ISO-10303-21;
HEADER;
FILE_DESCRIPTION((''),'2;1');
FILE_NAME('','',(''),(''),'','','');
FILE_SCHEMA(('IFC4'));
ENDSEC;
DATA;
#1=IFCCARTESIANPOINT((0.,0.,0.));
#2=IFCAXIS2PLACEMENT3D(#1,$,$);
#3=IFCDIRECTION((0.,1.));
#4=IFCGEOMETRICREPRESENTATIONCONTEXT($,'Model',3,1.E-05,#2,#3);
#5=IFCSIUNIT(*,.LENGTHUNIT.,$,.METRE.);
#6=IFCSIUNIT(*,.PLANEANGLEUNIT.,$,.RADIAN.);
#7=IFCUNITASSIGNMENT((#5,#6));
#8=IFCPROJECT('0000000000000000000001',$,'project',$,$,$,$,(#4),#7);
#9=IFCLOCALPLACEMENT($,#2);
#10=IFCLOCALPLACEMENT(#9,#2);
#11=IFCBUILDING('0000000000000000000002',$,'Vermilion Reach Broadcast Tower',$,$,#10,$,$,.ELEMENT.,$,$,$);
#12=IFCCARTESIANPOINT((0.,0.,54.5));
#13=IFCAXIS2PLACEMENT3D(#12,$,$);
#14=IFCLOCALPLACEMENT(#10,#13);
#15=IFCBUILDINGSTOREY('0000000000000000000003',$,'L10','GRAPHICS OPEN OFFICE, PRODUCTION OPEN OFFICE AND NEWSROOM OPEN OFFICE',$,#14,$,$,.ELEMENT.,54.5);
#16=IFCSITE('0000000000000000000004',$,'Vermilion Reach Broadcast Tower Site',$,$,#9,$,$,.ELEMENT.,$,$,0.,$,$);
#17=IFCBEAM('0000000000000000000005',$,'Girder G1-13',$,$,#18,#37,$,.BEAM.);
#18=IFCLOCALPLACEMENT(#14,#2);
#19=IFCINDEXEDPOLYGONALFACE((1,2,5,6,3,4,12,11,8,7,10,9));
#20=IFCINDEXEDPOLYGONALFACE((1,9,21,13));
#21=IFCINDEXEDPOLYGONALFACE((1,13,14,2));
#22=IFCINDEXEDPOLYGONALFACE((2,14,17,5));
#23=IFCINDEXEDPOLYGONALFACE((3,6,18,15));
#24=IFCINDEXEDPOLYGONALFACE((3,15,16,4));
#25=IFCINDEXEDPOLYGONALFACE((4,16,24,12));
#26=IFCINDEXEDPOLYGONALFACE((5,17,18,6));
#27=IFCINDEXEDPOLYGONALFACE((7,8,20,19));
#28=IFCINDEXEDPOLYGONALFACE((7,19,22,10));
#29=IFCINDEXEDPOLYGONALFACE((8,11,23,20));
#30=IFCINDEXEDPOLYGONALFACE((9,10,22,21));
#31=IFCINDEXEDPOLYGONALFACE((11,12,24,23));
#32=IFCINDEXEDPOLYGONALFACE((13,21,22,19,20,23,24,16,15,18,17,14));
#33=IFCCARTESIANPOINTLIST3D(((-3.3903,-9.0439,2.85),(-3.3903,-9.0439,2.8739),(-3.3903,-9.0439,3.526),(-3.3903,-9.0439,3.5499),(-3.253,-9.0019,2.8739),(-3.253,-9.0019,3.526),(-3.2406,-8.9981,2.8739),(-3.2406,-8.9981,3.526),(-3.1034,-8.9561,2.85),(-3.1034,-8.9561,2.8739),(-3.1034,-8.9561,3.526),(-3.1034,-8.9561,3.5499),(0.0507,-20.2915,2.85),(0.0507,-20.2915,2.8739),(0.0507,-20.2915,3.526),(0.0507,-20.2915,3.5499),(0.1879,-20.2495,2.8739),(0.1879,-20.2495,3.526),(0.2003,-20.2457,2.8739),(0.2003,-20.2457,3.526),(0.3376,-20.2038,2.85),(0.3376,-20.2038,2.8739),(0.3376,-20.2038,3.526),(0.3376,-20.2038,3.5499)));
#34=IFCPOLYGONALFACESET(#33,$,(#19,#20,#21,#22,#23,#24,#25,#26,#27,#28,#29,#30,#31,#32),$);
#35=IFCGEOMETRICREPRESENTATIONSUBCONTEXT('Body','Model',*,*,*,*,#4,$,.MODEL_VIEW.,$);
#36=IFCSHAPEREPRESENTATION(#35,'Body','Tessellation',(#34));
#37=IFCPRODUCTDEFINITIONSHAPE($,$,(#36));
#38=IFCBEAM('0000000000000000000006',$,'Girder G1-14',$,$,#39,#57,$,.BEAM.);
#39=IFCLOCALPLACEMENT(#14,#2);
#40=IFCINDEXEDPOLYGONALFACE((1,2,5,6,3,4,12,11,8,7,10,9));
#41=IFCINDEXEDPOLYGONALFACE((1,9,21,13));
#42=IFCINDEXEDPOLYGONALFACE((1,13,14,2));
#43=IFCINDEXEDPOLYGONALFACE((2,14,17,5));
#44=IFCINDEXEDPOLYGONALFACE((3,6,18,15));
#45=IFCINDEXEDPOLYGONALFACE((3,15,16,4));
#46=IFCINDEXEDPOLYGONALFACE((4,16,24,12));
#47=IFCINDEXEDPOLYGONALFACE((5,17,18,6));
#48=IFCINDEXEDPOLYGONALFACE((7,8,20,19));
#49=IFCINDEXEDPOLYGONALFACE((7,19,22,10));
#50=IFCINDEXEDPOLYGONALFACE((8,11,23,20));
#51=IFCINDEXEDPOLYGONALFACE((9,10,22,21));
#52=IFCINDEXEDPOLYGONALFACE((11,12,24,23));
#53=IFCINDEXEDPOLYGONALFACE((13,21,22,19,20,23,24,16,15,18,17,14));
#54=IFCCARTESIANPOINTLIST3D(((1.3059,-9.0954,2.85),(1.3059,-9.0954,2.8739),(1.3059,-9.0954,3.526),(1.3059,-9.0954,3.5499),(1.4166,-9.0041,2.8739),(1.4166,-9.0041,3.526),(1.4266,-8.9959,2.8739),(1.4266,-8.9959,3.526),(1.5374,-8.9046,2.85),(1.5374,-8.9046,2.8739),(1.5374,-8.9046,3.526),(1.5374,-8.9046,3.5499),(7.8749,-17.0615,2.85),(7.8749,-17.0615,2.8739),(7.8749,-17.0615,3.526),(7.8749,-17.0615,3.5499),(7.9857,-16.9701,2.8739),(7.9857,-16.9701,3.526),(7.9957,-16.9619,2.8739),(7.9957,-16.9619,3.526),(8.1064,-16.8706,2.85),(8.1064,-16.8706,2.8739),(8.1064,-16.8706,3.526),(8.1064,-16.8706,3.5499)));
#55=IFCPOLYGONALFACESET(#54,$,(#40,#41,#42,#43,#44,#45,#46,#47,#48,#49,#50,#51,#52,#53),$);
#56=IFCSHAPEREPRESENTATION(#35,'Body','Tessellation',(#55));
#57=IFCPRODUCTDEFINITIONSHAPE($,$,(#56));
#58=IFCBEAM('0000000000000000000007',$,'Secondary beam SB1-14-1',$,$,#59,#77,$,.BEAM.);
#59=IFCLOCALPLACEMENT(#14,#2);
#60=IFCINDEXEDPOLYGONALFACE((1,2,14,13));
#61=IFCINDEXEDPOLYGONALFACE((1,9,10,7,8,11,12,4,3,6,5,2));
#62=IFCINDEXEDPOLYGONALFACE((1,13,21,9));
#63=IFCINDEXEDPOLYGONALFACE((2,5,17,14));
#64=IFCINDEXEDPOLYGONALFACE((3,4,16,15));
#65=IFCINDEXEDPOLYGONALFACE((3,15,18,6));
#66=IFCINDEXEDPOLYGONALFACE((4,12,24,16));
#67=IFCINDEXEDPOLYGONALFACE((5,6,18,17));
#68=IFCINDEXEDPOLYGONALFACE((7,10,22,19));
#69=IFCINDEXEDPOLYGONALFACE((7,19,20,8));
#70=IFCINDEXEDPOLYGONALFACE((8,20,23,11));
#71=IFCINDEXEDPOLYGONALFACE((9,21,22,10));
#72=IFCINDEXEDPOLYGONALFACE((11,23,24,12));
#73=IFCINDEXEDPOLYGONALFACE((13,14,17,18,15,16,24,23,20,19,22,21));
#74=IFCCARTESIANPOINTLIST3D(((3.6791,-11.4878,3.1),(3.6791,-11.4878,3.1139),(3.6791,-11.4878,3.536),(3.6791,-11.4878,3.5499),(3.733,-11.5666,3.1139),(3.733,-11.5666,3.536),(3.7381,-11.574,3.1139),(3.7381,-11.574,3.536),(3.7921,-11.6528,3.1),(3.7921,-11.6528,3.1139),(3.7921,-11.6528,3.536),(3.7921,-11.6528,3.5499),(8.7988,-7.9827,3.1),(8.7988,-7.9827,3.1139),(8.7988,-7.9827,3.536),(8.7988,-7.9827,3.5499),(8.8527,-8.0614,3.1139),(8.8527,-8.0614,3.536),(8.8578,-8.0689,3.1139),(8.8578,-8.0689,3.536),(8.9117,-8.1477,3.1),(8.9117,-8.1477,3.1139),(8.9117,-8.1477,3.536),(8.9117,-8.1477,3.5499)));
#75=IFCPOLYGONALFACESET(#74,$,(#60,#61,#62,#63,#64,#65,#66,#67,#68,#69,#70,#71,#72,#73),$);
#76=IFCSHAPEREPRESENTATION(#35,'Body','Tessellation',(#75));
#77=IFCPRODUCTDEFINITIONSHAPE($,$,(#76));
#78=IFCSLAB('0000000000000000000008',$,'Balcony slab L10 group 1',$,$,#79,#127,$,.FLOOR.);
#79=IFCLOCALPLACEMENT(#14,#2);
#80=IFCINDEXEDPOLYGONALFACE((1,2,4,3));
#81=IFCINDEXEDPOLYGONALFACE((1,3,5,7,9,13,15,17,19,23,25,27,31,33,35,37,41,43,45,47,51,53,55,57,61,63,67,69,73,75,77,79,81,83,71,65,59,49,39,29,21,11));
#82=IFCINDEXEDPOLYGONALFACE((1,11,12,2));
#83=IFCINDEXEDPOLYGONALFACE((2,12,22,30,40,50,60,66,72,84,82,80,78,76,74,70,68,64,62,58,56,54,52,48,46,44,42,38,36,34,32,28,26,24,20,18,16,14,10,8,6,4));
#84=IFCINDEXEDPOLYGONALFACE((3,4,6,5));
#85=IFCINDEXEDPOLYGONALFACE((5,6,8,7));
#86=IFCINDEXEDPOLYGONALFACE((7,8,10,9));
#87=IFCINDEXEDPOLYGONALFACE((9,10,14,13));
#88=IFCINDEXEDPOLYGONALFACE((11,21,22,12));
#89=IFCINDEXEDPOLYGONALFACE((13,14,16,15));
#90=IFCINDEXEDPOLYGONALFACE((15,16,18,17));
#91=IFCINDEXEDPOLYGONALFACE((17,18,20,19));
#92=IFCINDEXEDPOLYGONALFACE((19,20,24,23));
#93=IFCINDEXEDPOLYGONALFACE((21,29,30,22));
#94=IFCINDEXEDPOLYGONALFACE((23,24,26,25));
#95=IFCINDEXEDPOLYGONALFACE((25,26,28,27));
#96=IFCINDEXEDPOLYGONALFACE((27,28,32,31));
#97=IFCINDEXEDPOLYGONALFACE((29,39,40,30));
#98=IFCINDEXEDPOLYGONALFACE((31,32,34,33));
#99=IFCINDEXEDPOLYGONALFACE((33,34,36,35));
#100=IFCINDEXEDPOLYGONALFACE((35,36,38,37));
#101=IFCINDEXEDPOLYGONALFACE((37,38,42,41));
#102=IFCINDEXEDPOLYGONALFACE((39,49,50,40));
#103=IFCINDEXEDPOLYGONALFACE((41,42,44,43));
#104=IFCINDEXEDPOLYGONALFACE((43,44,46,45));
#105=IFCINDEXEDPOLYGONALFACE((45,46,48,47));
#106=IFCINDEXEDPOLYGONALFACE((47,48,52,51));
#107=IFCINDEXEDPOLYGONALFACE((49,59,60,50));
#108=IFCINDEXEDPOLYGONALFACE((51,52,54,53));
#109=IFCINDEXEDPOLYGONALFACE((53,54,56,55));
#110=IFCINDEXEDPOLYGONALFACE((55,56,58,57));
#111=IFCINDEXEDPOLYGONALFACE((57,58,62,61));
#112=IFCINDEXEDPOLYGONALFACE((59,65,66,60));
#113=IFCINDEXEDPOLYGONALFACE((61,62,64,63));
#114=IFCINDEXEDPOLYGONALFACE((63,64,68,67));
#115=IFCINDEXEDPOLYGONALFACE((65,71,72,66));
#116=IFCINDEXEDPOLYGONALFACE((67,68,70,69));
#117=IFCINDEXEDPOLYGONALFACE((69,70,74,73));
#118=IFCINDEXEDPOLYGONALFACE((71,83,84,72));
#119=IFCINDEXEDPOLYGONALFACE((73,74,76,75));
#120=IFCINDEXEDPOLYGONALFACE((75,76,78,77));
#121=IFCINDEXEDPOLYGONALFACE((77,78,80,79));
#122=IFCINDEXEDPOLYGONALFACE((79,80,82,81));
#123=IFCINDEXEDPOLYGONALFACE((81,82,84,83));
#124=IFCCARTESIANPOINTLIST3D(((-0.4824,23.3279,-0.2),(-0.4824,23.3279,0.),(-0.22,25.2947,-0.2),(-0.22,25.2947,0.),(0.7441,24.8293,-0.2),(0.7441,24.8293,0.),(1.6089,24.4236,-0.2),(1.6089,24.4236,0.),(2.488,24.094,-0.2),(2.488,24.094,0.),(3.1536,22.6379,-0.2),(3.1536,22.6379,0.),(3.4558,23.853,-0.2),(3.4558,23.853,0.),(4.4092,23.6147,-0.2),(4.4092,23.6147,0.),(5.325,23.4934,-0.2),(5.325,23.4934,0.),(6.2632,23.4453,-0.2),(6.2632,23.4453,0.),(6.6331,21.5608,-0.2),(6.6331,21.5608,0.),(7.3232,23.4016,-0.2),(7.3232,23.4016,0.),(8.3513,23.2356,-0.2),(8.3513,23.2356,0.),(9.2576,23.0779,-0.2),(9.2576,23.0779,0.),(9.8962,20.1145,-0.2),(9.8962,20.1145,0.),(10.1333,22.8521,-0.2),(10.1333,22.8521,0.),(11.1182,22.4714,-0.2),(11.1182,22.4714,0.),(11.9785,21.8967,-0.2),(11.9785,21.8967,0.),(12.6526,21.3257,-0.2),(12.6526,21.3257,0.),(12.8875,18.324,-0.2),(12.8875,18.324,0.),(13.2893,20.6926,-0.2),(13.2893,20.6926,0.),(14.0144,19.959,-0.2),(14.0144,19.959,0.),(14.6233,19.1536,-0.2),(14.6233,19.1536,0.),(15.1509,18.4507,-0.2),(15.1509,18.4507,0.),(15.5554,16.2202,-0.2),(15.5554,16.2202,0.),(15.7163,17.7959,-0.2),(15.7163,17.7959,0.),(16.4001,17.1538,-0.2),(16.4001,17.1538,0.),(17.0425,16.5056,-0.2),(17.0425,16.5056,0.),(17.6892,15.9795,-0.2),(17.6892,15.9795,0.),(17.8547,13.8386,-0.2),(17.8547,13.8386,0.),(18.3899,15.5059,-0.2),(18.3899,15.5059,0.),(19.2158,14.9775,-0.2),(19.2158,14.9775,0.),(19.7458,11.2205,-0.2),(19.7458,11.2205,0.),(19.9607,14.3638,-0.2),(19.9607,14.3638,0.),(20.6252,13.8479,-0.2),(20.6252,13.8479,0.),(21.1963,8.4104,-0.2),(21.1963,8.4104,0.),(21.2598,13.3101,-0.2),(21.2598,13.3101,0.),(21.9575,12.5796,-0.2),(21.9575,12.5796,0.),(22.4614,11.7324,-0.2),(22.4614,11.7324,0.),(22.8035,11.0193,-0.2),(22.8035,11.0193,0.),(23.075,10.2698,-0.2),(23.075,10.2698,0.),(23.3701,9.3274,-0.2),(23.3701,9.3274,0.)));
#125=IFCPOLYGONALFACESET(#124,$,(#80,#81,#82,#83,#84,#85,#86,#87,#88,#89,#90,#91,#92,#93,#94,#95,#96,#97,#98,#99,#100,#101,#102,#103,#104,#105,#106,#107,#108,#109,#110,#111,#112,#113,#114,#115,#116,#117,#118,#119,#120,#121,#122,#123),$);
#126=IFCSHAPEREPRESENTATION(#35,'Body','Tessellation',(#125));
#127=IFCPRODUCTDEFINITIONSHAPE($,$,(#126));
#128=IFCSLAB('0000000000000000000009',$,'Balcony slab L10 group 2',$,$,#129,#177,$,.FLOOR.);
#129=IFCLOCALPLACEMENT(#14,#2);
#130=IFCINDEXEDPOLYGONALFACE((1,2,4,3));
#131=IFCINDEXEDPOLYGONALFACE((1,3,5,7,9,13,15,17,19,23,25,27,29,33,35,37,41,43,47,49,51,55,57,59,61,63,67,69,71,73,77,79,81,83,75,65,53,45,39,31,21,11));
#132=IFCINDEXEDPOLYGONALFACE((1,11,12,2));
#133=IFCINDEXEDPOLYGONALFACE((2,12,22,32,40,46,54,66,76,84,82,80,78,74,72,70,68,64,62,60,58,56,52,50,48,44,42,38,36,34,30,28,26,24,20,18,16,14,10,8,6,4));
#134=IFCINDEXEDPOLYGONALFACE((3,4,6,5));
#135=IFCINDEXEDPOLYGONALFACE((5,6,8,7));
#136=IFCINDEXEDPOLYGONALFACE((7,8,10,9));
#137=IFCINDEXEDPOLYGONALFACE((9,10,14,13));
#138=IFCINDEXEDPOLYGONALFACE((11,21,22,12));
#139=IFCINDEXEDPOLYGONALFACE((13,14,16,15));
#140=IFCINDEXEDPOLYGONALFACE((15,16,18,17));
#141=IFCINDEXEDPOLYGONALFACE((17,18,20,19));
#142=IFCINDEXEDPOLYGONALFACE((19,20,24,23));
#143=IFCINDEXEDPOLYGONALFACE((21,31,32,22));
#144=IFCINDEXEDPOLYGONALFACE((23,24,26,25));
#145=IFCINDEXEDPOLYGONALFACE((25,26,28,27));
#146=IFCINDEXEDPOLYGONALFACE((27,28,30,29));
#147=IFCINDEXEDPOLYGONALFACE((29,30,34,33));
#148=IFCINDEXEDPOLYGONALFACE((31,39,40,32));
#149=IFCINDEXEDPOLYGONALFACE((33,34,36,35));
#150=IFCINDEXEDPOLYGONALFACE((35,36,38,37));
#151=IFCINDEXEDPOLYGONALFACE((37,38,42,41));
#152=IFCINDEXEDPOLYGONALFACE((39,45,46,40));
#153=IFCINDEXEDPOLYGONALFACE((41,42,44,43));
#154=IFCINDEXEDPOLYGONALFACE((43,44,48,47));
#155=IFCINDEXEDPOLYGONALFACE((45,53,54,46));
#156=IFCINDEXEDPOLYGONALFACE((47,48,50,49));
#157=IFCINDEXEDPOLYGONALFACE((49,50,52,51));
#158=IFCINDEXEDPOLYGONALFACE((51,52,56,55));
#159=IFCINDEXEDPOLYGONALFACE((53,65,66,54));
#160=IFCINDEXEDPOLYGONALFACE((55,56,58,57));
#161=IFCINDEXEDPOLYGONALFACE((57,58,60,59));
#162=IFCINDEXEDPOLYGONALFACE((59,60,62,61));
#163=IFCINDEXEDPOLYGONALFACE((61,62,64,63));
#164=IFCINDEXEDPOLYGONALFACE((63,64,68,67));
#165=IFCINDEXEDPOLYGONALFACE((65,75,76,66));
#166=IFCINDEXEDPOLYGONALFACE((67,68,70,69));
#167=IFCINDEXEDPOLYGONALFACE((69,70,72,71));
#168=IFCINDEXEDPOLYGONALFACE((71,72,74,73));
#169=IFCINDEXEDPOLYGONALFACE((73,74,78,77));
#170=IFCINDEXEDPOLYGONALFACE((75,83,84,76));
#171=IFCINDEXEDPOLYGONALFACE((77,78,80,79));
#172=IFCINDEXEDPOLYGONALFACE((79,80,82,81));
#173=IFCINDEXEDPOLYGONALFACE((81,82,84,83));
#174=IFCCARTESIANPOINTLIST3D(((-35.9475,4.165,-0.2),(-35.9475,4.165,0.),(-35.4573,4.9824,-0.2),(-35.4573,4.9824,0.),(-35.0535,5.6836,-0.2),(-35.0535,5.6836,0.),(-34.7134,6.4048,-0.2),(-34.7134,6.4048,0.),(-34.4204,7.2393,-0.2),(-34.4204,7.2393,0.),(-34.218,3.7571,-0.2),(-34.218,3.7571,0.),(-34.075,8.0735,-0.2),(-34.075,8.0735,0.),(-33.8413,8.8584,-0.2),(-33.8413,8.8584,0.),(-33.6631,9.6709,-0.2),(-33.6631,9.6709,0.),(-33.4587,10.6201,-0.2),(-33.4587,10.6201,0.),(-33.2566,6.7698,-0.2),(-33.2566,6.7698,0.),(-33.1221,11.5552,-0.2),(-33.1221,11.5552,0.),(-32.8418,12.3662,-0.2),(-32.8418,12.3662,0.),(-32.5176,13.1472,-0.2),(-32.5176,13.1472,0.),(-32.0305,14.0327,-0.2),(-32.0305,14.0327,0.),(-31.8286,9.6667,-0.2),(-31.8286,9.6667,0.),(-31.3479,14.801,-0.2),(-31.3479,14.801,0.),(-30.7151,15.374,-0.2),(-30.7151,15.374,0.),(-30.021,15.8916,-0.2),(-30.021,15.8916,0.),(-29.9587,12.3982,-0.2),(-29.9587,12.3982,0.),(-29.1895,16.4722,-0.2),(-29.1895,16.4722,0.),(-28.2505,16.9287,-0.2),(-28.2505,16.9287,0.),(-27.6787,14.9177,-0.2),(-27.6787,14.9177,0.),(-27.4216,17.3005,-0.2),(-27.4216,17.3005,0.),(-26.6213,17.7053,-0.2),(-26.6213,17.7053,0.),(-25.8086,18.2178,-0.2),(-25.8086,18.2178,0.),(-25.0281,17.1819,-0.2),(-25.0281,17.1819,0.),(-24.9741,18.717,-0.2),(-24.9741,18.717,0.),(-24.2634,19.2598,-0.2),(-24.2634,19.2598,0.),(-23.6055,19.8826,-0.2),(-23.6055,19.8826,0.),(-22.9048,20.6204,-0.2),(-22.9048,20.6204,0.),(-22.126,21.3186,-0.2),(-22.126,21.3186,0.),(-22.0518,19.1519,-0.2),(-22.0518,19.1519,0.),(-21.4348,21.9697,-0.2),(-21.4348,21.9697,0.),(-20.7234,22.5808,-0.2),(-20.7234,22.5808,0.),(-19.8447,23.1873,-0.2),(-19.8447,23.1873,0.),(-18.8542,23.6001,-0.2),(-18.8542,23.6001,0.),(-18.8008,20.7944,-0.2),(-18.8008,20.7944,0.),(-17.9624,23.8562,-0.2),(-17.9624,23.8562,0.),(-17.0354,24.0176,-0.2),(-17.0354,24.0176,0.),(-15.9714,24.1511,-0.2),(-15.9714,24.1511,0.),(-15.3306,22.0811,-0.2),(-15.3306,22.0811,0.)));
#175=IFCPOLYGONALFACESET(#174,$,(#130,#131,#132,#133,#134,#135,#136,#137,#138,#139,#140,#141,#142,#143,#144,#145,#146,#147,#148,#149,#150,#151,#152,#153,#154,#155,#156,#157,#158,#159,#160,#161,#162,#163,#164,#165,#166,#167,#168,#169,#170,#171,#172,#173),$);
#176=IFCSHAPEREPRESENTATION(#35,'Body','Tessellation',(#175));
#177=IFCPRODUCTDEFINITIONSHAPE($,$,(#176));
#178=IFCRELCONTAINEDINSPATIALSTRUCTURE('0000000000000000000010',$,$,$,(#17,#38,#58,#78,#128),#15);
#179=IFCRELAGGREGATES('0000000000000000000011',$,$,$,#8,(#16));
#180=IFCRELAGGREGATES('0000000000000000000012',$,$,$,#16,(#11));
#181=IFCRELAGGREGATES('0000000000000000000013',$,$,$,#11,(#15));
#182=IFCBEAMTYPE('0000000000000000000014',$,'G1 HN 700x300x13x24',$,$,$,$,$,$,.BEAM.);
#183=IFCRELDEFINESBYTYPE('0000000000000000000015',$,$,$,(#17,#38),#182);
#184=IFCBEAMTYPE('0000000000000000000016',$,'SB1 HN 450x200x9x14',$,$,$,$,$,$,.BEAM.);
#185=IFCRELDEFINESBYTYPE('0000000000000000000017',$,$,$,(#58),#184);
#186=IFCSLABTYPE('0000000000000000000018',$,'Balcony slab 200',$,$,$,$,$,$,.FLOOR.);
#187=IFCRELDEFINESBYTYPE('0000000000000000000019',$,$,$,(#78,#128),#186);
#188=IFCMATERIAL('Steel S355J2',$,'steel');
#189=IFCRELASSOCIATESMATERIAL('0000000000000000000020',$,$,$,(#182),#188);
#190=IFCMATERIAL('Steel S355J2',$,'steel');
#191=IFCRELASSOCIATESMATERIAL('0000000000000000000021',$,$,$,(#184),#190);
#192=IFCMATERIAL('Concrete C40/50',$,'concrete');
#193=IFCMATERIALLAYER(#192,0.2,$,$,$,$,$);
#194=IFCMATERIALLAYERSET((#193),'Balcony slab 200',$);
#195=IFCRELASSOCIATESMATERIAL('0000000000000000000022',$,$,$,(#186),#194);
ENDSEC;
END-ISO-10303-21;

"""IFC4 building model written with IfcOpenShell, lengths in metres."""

from ifc_helpers import new_model, si_unit, direction, frame, origin, origin_2d, place, context, subcontext, project, spatial, polyline, i_section, outline, extrude, material, layer, layer_set, material_profile, profile_set, type_object, element, save


model = new_model("IFC4")

# Units and contexts
model_context = context("Model", 3, precision=1e-05, world=origin(), true_north=direction((0.0, 1.0)))
body_context = subcontext(model_context, "Body", "Model", "MODEL_VIEW")
ifc_project = project(units=[si_unit("LENGTHUNIT", "METRE"), si_unit("PLANEANGLEUNIT", "RADIAN")], contexts=[model_context])

# Site, building, storey
site_placement = place(None, origin())
site = spatial("IfcSite", under=ifc_project, at=site_placement, Name="Vermilion Reach Broadcast Tower Site", CompositionType="ELEMENT", RefElevation=0.0)
building_placement = place(site_placement, origin())
building = spatial("IfcBuilding", under=site, at=building_placement, Name="Vermilion Reach Broadcast Tower", CompositionType="ELEMENT")
storey_placement = place(building_placement, frame((0.0, 0.0, 54.5)))
storey = spatial("IfcBuildingStorey", under=building, at=storey_placement, Name="L10", Description="GRAPHICS OPEN OFFICE, PRODUCTION OPEN OFFICE AND NEWSROOM OPEN OFFICE", CompositionType="ELEMENT", Elevation=54.5)

# Beams
ifc_material_1 = material(Name="Steel S355J2", Category="steel")
ifc_material_profile_1 = material_profile(ifc_material_1, i_section(OverallWidth=0.3, OverallDepth=0.7, WebThickness=0.0129, FlangeThickness=0.0239, at=origin_2d()), Name="S355J2 HN 700x300x13x24")
ifc_profile_set_1 = profile_set([ifc_material_profile_1], Name="Steel S355J2")
beam_type_1 = type_object("IfcBeamType", Name="G1 HN 700x300x13x24", PredefinedType="BEAM", material=ifc_profile_set_1)
beam_1_placement = place(storey_placement, frame((-3.2468, -9.0, 3.2), z_axis=(0.292542, -0.956253, 0.0), x_axis=(0.956253, 0.292542, 0.0)))
element("IfcBeam", 1, at=beam_1_placement, inside=storey, type_object=beam_type_1, Name="Girder G1-13", PredefinedType="BEAM", context=body_context, shape_type="SweptSolid", body=[
    extrude(i_section(OverallWidth=0.3, OverallDepth=0.7, WebThickness=0.0129, FlangeThickness=0.0239, at=origin_2d()), origin(), (0.0, 0.0, 1.0), 11.7622),
])
beam_2_placement = place(storey_placement, frame((1.4216, -9.0, 3.2), z_axis=(0.636215, -0.771512, 0.0), x_axis=(0.771512, 0.636215, 0.0)))
element("IfcBeam", 2, at=beam_2_placement, inside=storey, type_object=beam_type_1, Name="Girder G1-14", PredefinedType="BEAM", context=body_context, shape_type="SweptSolid", body=[
    extrude(i_section(OverallWidth=0.3, OverallDepth=0.7, WebThickness=0.0129, FlangeThickness=0.0239, at=origin_2d()), origin(), (0.0, 0.0, 1.0), 10.3252),
])
ifc_material_2 = material(Name="Steel S355J2", Category="steel")
ifc_material_profile_2 = material_profile(ifc_material_2, i_section(OverallWidth=0.2, OverallDepth=0.45, WebThickness=0.009, FlangeThickness=0.0139, at=origin_2d()), Name="S355J2 HN 450x200x9x14")
ifc_profile_set_2 = profile_set([ifc_material_profile_2], Name="Steel S355J2")
beam_type_2 = type_object("IfcBeamType", Name="SB1 HN 450x200x9x14", PredefinedType="BEAM", material=ifc_profile_set_2)
beam_3_placement = place(storey_placement, frame((3.7356, -11.5703, 3.325), z_axis=(0.82514, 0.564928, 0.0), x_axis=(-0.564928, 0.82514, 0.0)))
element("IfcBeam", 3, at=beam_3_placement, inside=storey, type_object=beam_type_2, Name="Secondary beam SB1-14-1", PredefinedType="BEAM", context=body_context, shape_type="SweptSolid", body=[
    extrude(i_section(OverallWidth=0.2, OverallDepth=0.45, WebThickness=0.009, FlangeThickness=0.0139, at=origin_2d()), origin(), (0.0, 0.0, 1.0), 6.2046),
])

# Slabs
ifc_material_3 = material(Name="Concrete C40/50", Category="concrete")
ifc_layer_1 = layer(ifc_material_3, 0.2)
ifc_layer_set_1 = layer_set([ifc_layer_1], Name="Balcony slab 200")
slab_type_1 = type_object("IfcSlabType", Name="Balcony slab 200", PredefinedType="FLOOR", material=ifc_layer_set_1)
placement = place(storey_placement, frame((0.0, 0.0, -0.2)))
element("IfcSlab", 4, at=placement, inside=storey, type_object=slab_type_1, Name="Balcony slab L10 group 1", PredefinedType="FLOOR", context=body_context, shape_type="SweptSolid", body=[
    extrude(outline(polyline([(21.1963, 8.4104), (19.7458, 11.2205), (17.8547, 13.8386), (15.5554, 16.2202), (12.8875, 18.324), (9.8962, 20.1145), (6.6331, 21.5608), (3.1536, 22.6379), (-0.4824, 23.3279), (-0.22, 25.2947), (0.7441, 24.8293), (1.6089, 24.4236), (2.488, 24.094), (3.4558, 23.853), (4.4092, 23.6147), (5.325, 23.4934), (6.2632, 23.4453), (7.3232, 23.4016), (8.3513, 23.2356), (9.2576, 23.0779), (10.1333, 22.8521), (11.1182, 22.4714), (11.9785, 21.8967), (12.6526, 21.3257), (13.2893, 20.6926), (14.0144, 19.959), (14.6233, 19.1536), (15.1509, 18.4507), (15.7163, 17.7959), (16.4001, 17.1538), (17.0425, 16.5056), (17.6892, 15.9795), (18.3899, 15.5059), (19.2158, 14.9775), (19.9607, 14.3638), (20.6252, 13.8479), (21.2598, 13.3101), (21.9575, 12.5796), (22.4614, 11.7324), (22.8035, 11.0193), (23.075, 10.2698), (23.3701, 9.3274), (21.1963, 8.4104)])), origin(), (0.0, 0.0, 1.0), 0.2),
])
element("IfcSlab", 5, at=placement, inside=storey, type_object=slab_type_1, Name="Balcony slab L10 group 2", PredefinedType="FLOOR", context=body_context, shape_type="SweptSolid", body=[
    extrude(outline(polyline([(-15.3306, 22.0811), (-18.8008, 20.7944), (-22.0518, 19.1519), (-25.0281, 17.1819), (-27.6787, 14.9177), (-29.9587, 12.3982), (-31.8286, 9.6667), (-33.2566, 6.7698), (-34.218, 3.7571), (-35.9475, 4.165), (-35.4573, 4.9824), (-35.0535, 5.6836), (-34.7134, 6.4048), (-34.4204, 7.2393), (-34.075, 8.0735), (-33.8413, 8.8584), (-33.6631, 9.6709), (-33.4587, 10.6201), (-33.1221, 11.5552), (-32.8418, 12.3662), (-32.5176, 13.1472), (-32.0305, 14.0327), (-31.3479, 14.801), (-30.7151, 15.374), (-30.021, 15.8916), (-29.1895, 16.4722), (-28.2505, 16.9287), (-27.4216, 17.3005), (-26.6213, 17.7053), (-25.8086, 18.2178), (-24.9741, 18.717), (-24.2634, 19.2598), (-23.6055, 19.8826), (-22.9048, 20.6204), (-22.126, 21.3186), (-21.4348, 21.9697), (-20.7234, 22.5808), (-19.8447, 23.1873), (-18.8542, 23.6001), (-17.9624, 23.8562), (-17.0354, 24.0176), (-15.9714, 24.1511), (-15.3306, 22.0811)])), origin(), (0.0, 0.0, 1.0), 0.2),
])

save(model, "model.ifc")
